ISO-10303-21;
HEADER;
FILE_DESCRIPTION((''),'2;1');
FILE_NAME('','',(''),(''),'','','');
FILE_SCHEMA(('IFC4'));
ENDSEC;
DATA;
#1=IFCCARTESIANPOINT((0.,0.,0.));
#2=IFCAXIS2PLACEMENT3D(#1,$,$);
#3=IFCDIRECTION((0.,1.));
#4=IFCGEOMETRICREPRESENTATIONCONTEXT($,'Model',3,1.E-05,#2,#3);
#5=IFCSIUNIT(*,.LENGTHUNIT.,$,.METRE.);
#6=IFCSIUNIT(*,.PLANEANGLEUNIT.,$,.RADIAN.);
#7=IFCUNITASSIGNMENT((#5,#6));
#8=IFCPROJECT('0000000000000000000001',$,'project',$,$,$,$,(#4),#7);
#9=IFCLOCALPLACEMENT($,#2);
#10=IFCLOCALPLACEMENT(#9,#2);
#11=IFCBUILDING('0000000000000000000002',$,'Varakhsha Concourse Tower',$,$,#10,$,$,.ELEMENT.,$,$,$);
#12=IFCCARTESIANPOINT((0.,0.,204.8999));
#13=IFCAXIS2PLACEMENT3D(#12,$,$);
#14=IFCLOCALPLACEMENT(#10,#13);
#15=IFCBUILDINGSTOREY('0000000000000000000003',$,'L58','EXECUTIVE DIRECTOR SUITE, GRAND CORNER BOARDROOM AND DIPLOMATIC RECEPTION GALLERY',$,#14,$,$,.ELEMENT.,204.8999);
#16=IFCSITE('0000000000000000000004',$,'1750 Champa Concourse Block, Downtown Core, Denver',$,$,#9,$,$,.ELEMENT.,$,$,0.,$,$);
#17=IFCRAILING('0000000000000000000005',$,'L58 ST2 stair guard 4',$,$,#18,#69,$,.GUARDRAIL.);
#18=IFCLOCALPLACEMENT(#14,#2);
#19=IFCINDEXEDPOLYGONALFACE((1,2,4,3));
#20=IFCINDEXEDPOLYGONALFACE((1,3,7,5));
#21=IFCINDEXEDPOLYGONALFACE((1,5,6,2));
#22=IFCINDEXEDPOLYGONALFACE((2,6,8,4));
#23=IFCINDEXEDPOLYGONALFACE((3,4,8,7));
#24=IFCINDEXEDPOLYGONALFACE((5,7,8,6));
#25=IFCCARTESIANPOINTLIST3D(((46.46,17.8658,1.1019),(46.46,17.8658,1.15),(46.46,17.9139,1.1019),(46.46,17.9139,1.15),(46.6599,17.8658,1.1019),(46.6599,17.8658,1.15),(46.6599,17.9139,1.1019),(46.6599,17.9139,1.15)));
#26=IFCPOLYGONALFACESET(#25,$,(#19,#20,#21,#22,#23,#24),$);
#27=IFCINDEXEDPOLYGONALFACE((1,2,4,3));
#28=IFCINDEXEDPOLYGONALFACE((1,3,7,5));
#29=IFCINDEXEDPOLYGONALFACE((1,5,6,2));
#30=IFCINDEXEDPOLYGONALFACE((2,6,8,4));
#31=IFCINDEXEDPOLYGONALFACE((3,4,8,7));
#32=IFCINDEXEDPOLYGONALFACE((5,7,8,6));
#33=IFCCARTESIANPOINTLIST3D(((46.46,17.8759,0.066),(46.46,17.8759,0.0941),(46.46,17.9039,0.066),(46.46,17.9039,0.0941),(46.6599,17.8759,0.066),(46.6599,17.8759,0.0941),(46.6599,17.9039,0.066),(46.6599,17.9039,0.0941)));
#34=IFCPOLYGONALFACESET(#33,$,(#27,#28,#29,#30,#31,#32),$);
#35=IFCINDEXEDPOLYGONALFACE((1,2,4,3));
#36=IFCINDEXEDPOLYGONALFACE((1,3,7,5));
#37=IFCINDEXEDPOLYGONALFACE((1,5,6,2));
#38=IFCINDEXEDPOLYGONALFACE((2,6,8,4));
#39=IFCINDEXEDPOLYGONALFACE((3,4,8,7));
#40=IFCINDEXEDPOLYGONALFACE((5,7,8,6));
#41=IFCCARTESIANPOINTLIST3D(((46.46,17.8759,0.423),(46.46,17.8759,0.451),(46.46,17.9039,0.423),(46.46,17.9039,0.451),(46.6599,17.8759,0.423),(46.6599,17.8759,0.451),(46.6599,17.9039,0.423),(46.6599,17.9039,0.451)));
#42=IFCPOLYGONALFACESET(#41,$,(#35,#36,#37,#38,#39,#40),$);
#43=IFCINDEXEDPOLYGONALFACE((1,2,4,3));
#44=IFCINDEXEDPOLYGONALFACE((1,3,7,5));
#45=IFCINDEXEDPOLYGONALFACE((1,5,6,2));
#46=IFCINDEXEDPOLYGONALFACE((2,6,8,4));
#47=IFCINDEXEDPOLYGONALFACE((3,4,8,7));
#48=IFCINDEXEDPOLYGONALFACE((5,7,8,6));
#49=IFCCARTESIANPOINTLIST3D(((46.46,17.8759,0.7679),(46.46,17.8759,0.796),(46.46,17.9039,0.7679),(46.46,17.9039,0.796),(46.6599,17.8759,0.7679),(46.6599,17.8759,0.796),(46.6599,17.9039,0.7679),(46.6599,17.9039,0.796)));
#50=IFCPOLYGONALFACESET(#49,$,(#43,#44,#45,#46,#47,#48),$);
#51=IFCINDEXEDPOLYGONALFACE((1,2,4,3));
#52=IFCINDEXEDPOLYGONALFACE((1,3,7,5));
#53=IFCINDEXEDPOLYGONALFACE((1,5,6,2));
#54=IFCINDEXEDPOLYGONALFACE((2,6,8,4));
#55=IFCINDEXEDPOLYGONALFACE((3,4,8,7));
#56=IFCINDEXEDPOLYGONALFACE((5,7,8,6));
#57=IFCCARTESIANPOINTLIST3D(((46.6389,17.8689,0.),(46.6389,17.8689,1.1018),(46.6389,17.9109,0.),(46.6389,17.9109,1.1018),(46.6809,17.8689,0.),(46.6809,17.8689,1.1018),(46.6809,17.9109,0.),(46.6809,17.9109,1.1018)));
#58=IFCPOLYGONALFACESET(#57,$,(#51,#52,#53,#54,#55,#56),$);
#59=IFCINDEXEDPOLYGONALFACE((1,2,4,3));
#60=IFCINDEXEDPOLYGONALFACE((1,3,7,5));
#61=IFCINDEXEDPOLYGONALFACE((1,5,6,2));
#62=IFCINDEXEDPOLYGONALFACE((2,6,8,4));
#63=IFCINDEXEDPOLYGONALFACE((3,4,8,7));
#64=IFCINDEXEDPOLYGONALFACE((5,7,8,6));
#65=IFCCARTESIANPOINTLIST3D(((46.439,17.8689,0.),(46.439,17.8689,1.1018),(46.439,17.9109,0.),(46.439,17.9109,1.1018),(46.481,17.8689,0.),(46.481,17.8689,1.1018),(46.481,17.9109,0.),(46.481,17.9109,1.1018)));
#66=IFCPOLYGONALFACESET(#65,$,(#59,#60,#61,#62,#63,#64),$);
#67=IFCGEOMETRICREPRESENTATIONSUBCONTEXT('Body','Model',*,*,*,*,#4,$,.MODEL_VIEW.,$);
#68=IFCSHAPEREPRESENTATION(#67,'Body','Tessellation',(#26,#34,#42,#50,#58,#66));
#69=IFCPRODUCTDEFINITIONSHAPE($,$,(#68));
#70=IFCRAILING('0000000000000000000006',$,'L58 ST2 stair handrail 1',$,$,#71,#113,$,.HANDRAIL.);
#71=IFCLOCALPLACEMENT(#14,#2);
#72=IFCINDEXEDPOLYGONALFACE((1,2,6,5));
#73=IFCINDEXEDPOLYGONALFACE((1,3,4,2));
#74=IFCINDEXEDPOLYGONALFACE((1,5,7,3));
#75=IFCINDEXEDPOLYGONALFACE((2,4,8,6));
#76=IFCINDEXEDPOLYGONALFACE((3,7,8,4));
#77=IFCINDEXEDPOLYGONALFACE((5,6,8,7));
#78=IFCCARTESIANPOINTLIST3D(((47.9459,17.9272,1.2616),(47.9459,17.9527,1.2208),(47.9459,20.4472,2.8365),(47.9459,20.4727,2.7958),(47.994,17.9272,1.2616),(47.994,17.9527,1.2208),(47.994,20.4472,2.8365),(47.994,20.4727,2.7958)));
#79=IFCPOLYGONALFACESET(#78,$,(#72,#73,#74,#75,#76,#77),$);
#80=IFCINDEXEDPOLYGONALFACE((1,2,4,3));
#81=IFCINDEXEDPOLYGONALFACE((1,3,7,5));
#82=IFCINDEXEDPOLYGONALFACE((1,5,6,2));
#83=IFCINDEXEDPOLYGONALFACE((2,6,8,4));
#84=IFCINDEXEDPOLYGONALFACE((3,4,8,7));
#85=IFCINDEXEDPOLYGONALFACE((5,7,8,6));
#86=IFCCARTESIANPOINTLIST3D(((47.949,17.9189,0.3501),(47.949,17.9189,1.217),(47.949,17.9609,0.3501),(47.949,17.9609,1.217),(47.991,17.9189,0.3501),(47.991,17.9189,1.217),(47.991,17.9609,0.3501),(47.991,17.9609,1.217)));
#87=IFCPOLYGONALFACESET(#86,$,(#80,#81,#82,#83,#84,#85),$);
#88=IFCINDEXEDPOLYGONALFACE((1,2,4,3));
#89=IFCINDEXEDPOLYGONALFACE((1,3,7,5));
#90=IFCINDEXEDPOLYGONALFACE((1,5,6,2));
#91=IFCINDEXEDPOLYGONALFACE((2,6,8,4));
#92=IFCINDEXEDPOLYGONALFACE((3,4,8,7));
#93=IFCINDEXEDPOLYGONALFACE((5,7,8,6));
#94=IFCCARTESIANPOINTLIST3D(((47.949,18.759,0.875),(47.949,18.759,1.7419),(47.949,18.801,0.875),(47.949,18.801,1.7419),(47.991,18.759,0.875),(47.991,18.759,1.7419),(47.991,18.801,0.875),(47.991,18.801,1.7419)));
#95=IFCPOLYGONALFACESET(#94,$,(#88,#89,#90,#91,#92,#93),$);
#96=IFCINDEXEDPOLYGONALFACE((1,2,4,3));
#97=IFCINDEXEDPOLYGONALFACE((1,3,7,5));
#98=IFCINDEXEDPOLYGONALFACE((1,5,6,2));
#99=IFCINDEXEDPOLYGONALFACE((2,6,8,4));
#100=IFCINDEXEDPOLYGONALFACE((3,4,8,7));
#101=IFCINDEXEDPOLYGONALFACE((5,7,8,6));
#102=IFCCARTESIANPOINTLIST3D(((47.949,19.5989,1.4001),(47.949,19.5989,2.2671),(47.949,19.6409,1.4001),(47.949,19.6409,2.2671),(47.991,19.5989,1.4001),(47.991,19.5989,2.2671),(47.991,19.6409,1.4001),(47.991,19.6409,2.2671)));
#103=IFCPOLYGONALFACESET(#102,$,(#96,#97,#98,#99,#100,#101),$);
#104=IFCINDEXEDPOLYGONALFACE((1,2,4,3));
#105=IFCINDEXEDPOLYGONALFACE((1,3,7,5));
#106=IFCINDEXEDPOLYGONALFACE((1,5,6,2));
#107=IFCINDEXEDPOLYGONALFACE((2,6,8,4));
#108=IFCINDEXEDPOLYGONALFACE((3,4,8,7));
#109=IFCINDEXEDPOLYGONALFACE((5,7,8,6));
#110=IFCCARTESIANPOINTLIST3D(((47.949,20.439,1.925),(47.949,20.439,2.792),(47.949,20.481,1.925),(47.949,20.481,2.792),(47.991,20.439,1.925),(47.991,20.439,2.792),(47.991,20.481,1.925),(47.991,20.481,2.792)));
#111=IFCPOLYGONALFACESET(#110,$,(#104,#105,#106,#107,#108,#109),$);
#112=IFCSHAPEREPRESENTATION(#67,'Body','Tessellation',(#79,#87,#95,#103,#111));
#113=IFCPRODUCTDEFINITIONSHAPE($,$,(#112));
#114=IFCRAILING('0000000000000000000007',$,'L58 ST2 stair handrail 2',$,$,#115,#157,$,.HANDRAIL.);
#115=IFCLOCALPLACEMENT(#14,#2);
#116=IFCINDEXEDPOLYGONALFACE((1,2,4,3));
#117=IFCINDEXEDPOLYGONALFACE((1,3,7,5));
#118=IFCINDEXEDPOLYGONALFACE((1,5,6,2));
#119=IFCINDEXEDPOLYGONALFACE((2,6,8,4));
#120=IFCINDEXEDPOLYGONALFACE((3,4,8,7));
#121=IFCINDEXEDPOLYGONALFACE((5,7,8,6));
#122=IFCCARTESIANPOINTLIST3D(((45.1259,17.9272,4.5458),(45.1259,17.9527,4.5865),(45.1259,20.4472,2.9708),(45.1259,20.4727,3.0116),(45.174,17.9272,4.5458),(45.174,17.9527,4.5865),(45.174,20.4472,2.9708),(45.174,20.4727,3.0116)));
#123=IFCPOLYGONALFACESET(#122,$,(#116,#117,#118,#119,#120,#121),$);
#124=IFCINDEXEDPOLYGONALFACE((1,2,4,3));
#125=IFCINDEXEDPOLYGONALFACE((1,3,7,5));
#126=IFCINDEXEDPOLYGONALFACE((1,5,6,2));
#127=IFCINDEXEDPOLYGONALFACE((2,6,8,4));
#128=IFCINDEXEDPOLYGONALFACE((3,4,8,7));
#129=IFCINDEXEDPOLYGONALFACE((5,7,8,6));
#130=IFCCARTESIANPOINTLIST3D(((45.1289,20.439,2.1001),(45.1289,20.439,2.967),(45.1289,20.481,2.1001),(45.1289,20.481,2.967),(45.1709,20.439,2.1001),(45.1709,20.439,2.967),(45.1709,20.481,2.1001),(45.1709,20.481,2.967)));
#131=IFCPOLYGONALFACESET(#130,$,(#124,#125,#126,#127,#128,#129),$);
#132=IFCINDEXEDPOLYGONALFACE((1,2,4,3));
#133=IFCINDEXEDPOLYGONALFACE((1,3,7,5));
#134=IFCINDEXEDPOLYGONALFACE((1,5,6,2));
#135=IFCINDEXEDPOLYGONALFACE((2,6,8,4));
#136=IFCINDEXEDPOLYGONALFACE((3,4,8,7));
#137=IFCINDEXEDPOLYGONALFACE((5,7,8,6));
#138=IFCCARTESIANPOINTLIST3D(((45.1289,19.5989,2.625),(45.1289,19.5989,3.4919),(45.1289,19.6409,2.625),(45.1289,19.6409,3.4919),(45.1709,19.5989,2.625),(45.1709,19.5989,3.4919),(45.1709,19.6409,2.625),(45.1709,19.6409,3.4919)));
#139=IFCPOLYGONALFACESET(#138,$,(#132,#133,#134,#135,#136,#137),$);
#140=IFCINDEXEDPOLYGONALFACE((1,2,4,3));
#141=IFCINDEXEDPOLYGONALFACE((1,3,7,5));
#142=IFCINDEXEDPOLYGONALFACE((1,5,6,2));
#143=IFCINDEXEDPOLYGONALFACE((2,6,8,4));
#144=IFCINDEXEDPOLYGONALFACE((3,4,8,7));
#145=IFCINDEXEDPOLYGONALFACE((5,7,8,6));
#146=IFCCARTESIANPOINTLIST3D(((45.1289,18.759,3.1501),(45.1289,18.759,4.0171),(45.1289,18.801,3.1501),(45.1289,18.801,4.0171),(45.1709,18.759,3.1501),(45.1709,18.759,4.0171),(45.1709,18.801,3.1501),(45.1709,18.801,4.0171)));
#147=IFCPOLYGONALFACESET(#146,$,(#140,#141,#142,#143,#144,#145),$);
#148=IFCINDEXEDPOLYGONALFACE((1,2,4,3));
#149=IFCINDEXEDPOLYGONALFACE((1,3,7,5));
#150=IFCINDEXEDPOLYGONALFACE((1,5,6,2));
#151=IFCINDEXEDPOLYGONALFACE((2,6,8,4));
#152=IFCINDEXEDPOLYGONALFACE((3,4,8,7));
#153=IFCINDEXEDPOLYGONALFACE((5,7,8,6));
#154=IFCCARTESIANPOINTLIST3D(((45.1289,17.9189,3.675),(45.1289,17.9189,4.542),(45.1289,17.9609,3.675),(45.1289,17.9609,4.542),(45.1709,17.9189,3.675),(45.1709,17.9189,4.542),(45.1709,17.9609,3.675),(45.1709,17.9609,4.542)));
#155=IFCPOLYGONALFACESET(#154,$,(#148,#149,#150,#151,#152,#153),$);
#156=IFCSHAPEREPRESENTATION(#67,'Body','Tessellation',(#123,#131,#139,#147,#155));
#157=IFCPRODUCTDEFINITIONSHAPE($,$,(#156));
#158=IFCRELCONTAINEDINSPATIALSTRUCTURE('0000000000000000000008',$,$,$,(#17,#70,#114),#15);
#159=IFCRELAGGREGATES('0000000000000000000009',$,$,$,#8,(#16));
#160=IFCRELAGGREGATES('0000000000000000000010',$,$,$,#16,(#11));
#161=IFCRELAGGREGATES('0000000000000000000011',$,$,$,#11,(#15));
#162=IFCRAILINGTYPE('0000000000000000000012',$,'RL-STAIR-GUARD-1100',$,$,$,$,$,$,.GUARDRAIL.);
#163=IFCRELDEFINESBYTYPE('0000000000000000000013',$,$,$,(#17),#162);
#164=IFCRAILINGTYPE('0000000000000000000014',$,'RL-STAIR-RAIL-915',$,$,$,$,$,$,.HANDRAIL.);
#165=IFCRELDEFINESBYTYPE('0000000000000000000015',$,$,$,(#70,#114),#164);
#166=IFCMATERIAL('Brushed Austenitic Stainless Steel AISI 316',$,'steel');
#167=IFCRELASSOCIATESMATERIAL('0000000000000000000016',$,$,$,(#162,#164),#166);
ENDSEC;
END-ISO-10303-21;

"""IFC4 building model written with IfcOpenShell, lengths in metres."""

from ifc_helpers import new_model, si_unit, direction, frame, origin, origin_2d, place, context, subcontext, project, spatial, rectangle, extrude, material, type_object, element, save


model = new_model("IFC4")

# Units and contexts
model_context = context("Model", 3, precision=1e-05, world=origin(), true_north=direction((0.0, 1.0)))
body_context = subcontext(model_context, "Body", "Model", "MODEL_VIEW")
ifc_project = project(units=[si_unit("LENGTHUNIT", "METRE"), si_unit("PLANEANGLEUNIT", "RADIAN")], contexts=[model_context])

# Site, building, storey
site_placement = place(None, origin())
site = spatial("IfcSite", under=ifc_project, at=site_placement, Name="1750 Champa Concourse Block, Downtown Core, Denver", CompositionType="ELEMENT", RefElevation=0.0)
building_placement = place(site_placement, origin())
building = spatial("IfcBuilding", under=site, at=building_placement, Name="Varakhsha Concourse Tower", CompositionType="ELEMENT")
storey_placement = place(building_placement, frame((0.0, 0.0, 204.8999)))
storey = spatial("IfcBuildingStorey", under=building, at=storey_placement, Name="L58", Description="EXECUTIVE DIRECTOR SUITE, GRAND CORNER BOARDROOM AND DIPLOMATIC RECEPTION GALLERY", CompositionType="ELEMENT", Elevation=204.8999)

# Railings
ifc_material_1 = material(Name="Brushed Austenitic Stainless Steel AISI 316", Category="steel")
railing_type_1 = type_object("IfcRailingType", Name="RL-STAIR-GUARD-1100", PredefinedType="GUARDRAIL", material=ifc_material_1)
railing_1_placement = place(storey_placement, frame((46.6599, 17.8899, 0.0)))
element("IfcRailing", 1, at=railing_1_placement, inside=storey, type_object=railing_type_1, Name="L58 ST2 stair guard 4", PredefinedType="GUARDRAIL", context=body_context, shape_type="SweptSolid", body=[
    extrude(rectangle(XDim=0.0481, YDim=0.0481, at=origin_2d()), frame((0.0, 0.0, 1.126), z_axis=(-1.0, 0.0, 0.0), x_axis=(0.0, -1.0, 0.0)), (0.0, 0.0, 1.0), 0.2),
    extrude(rectangle(XDim=0.0281, YDim=0.0281, at=origin_2d()), frame((0.0, 0.0, 0.0801), z_axis=(-1.0, 0.0, 0.0), x_axis=(0.0, -1.0, 0.0)), (0.0, 0.0, 1.0), 0.2),
    extrude(rectangle(XDim=0.0281, YDim=0.0281, at=origin_2d()), frame((0.0, 0.0, 0.437), z_axis=(-1.0, 0.0, 0.0), x_axis=(0.0, -1.0, 0.0)), (0.0, 0.0, 1.0), 0.2),
    extrude(rectangle(XDim=0.0281, YDim=0.0281, at=origin_2d()), frame((0.0, 0.0, 0.782), z_axis=(-1.0, 0.0, 0.0), x_axis=(0.0, -1.0, 0.0)), (0.0, 0.0, 1.0), 0.2),
    extrude(rectangle(XDim=0.042, YDim=0.042, at=origin_2d()), origin(), (0.0, 0.0, 1.0), 1.1018),
    extrude(rectangle(XDim=0.042, YDim=0.042, at=origin_2d()), frame((-0.2, 0.0, 0.0)), (0.0, 0.0, 1.0), 1.1018),
])
railing_type_2 = type_object("IfcRailingType", Name="RL-STAIR-RAIL-915", PredefinedType="HANDRAIL", material=ifc_material_1)
railing_2_placement = place(storey_placement, frame((47.97, 17.9399, 0.3501)))
element("IfcRailing", 2, at=railing_2_placement, inside=storey, type_object=railing_type_2, Name="L58 ST2 stair handrail 1", PredefinedType="HANDRAIL", context=body_context, shape_type="SweptSolid", body=[
    extrude(rectangle(XDim=0.0481, YDim=0.0481, at=origin_2d()), frame((0.0, 0.0, 0.8911), z_axis=(0.0, 0.848008, 0.529984), x_axis=(-1.0, 0.0, 0.0)), (0.0, 0.0, 1.0), 2.9717),
    extrude(rectangle(XDim=0.042, YDim=0.042, at=origin_2d()), origin(), (0.0, 0.0, 1.0), 0.8669),
    extrude(rectangle(XDim=0.042, YDim=0.042, at=origin_2d()), frame((0.0, 0.8401, 0.5249)), (0.0, 0.0, 1.0), 0.8669),
    extrude(rectangle(XDim=0.042, YDim=0.042, at=origin_2d()), frame((0.0, 1.6799, 1.05)), (0.0, 0.0, 1.0), 0.8669),
    extrude(rectangle(XDim=0.042, YDim=0.042, at=origin_2d()), frame((0.0, 2.52, 1.575)), (0.0, 0.0, 1.0), 0.8669),
])
railing_3_placement = place(storey_placement, frame((45.1499, 20.46, 2.1001)))
element("IfcRailing", 3, at=railing_3_placement, inside=storey, type_object=railing_type_2, Name="L58 ST2 stair handrail 2", PredefinedType="HANDRAIL", context=body_context, shape_type="SweptSolid", body=[
    extrude(rectangle(XDim=0.0481, YDim=0.0481, at=origin_2d()), frame((0.0, 0.0, 0.8911), z_axis=(0.0, -0.848008, 0.529984), x_axis=(1.0, 0.0, 0.0)), (0.0, 0.0, 1.0), 2.9717),
    extrude(rectangle(XDim=0.042, YDim=0.042, at=origin_2d()), origin(), (0.0, 0.0, 1.0), 0.8669),
    extrude(rectangle(XDim=0.042, YDim=0.042, at=origin_2d()), frame((0.0, -0.8401, 0.5249)), (0.0, 0.0, 1.0), 0.8669),
    extrude(rectangle(XDim=0.042, YDim=0.042, at=origin_2d()), frame((0.0, -1.6799, 1.05)), (0.0, 0.0, 1.0), 0.8669),
    extrude(rectangle(XDim=0.042, YDim=0.042, at=origin_2d()), frame((0.0, -2.52, 1.575)), (0.0, 0.0, 1.0), 0.8669),
])

save(model, "model.ifc")
